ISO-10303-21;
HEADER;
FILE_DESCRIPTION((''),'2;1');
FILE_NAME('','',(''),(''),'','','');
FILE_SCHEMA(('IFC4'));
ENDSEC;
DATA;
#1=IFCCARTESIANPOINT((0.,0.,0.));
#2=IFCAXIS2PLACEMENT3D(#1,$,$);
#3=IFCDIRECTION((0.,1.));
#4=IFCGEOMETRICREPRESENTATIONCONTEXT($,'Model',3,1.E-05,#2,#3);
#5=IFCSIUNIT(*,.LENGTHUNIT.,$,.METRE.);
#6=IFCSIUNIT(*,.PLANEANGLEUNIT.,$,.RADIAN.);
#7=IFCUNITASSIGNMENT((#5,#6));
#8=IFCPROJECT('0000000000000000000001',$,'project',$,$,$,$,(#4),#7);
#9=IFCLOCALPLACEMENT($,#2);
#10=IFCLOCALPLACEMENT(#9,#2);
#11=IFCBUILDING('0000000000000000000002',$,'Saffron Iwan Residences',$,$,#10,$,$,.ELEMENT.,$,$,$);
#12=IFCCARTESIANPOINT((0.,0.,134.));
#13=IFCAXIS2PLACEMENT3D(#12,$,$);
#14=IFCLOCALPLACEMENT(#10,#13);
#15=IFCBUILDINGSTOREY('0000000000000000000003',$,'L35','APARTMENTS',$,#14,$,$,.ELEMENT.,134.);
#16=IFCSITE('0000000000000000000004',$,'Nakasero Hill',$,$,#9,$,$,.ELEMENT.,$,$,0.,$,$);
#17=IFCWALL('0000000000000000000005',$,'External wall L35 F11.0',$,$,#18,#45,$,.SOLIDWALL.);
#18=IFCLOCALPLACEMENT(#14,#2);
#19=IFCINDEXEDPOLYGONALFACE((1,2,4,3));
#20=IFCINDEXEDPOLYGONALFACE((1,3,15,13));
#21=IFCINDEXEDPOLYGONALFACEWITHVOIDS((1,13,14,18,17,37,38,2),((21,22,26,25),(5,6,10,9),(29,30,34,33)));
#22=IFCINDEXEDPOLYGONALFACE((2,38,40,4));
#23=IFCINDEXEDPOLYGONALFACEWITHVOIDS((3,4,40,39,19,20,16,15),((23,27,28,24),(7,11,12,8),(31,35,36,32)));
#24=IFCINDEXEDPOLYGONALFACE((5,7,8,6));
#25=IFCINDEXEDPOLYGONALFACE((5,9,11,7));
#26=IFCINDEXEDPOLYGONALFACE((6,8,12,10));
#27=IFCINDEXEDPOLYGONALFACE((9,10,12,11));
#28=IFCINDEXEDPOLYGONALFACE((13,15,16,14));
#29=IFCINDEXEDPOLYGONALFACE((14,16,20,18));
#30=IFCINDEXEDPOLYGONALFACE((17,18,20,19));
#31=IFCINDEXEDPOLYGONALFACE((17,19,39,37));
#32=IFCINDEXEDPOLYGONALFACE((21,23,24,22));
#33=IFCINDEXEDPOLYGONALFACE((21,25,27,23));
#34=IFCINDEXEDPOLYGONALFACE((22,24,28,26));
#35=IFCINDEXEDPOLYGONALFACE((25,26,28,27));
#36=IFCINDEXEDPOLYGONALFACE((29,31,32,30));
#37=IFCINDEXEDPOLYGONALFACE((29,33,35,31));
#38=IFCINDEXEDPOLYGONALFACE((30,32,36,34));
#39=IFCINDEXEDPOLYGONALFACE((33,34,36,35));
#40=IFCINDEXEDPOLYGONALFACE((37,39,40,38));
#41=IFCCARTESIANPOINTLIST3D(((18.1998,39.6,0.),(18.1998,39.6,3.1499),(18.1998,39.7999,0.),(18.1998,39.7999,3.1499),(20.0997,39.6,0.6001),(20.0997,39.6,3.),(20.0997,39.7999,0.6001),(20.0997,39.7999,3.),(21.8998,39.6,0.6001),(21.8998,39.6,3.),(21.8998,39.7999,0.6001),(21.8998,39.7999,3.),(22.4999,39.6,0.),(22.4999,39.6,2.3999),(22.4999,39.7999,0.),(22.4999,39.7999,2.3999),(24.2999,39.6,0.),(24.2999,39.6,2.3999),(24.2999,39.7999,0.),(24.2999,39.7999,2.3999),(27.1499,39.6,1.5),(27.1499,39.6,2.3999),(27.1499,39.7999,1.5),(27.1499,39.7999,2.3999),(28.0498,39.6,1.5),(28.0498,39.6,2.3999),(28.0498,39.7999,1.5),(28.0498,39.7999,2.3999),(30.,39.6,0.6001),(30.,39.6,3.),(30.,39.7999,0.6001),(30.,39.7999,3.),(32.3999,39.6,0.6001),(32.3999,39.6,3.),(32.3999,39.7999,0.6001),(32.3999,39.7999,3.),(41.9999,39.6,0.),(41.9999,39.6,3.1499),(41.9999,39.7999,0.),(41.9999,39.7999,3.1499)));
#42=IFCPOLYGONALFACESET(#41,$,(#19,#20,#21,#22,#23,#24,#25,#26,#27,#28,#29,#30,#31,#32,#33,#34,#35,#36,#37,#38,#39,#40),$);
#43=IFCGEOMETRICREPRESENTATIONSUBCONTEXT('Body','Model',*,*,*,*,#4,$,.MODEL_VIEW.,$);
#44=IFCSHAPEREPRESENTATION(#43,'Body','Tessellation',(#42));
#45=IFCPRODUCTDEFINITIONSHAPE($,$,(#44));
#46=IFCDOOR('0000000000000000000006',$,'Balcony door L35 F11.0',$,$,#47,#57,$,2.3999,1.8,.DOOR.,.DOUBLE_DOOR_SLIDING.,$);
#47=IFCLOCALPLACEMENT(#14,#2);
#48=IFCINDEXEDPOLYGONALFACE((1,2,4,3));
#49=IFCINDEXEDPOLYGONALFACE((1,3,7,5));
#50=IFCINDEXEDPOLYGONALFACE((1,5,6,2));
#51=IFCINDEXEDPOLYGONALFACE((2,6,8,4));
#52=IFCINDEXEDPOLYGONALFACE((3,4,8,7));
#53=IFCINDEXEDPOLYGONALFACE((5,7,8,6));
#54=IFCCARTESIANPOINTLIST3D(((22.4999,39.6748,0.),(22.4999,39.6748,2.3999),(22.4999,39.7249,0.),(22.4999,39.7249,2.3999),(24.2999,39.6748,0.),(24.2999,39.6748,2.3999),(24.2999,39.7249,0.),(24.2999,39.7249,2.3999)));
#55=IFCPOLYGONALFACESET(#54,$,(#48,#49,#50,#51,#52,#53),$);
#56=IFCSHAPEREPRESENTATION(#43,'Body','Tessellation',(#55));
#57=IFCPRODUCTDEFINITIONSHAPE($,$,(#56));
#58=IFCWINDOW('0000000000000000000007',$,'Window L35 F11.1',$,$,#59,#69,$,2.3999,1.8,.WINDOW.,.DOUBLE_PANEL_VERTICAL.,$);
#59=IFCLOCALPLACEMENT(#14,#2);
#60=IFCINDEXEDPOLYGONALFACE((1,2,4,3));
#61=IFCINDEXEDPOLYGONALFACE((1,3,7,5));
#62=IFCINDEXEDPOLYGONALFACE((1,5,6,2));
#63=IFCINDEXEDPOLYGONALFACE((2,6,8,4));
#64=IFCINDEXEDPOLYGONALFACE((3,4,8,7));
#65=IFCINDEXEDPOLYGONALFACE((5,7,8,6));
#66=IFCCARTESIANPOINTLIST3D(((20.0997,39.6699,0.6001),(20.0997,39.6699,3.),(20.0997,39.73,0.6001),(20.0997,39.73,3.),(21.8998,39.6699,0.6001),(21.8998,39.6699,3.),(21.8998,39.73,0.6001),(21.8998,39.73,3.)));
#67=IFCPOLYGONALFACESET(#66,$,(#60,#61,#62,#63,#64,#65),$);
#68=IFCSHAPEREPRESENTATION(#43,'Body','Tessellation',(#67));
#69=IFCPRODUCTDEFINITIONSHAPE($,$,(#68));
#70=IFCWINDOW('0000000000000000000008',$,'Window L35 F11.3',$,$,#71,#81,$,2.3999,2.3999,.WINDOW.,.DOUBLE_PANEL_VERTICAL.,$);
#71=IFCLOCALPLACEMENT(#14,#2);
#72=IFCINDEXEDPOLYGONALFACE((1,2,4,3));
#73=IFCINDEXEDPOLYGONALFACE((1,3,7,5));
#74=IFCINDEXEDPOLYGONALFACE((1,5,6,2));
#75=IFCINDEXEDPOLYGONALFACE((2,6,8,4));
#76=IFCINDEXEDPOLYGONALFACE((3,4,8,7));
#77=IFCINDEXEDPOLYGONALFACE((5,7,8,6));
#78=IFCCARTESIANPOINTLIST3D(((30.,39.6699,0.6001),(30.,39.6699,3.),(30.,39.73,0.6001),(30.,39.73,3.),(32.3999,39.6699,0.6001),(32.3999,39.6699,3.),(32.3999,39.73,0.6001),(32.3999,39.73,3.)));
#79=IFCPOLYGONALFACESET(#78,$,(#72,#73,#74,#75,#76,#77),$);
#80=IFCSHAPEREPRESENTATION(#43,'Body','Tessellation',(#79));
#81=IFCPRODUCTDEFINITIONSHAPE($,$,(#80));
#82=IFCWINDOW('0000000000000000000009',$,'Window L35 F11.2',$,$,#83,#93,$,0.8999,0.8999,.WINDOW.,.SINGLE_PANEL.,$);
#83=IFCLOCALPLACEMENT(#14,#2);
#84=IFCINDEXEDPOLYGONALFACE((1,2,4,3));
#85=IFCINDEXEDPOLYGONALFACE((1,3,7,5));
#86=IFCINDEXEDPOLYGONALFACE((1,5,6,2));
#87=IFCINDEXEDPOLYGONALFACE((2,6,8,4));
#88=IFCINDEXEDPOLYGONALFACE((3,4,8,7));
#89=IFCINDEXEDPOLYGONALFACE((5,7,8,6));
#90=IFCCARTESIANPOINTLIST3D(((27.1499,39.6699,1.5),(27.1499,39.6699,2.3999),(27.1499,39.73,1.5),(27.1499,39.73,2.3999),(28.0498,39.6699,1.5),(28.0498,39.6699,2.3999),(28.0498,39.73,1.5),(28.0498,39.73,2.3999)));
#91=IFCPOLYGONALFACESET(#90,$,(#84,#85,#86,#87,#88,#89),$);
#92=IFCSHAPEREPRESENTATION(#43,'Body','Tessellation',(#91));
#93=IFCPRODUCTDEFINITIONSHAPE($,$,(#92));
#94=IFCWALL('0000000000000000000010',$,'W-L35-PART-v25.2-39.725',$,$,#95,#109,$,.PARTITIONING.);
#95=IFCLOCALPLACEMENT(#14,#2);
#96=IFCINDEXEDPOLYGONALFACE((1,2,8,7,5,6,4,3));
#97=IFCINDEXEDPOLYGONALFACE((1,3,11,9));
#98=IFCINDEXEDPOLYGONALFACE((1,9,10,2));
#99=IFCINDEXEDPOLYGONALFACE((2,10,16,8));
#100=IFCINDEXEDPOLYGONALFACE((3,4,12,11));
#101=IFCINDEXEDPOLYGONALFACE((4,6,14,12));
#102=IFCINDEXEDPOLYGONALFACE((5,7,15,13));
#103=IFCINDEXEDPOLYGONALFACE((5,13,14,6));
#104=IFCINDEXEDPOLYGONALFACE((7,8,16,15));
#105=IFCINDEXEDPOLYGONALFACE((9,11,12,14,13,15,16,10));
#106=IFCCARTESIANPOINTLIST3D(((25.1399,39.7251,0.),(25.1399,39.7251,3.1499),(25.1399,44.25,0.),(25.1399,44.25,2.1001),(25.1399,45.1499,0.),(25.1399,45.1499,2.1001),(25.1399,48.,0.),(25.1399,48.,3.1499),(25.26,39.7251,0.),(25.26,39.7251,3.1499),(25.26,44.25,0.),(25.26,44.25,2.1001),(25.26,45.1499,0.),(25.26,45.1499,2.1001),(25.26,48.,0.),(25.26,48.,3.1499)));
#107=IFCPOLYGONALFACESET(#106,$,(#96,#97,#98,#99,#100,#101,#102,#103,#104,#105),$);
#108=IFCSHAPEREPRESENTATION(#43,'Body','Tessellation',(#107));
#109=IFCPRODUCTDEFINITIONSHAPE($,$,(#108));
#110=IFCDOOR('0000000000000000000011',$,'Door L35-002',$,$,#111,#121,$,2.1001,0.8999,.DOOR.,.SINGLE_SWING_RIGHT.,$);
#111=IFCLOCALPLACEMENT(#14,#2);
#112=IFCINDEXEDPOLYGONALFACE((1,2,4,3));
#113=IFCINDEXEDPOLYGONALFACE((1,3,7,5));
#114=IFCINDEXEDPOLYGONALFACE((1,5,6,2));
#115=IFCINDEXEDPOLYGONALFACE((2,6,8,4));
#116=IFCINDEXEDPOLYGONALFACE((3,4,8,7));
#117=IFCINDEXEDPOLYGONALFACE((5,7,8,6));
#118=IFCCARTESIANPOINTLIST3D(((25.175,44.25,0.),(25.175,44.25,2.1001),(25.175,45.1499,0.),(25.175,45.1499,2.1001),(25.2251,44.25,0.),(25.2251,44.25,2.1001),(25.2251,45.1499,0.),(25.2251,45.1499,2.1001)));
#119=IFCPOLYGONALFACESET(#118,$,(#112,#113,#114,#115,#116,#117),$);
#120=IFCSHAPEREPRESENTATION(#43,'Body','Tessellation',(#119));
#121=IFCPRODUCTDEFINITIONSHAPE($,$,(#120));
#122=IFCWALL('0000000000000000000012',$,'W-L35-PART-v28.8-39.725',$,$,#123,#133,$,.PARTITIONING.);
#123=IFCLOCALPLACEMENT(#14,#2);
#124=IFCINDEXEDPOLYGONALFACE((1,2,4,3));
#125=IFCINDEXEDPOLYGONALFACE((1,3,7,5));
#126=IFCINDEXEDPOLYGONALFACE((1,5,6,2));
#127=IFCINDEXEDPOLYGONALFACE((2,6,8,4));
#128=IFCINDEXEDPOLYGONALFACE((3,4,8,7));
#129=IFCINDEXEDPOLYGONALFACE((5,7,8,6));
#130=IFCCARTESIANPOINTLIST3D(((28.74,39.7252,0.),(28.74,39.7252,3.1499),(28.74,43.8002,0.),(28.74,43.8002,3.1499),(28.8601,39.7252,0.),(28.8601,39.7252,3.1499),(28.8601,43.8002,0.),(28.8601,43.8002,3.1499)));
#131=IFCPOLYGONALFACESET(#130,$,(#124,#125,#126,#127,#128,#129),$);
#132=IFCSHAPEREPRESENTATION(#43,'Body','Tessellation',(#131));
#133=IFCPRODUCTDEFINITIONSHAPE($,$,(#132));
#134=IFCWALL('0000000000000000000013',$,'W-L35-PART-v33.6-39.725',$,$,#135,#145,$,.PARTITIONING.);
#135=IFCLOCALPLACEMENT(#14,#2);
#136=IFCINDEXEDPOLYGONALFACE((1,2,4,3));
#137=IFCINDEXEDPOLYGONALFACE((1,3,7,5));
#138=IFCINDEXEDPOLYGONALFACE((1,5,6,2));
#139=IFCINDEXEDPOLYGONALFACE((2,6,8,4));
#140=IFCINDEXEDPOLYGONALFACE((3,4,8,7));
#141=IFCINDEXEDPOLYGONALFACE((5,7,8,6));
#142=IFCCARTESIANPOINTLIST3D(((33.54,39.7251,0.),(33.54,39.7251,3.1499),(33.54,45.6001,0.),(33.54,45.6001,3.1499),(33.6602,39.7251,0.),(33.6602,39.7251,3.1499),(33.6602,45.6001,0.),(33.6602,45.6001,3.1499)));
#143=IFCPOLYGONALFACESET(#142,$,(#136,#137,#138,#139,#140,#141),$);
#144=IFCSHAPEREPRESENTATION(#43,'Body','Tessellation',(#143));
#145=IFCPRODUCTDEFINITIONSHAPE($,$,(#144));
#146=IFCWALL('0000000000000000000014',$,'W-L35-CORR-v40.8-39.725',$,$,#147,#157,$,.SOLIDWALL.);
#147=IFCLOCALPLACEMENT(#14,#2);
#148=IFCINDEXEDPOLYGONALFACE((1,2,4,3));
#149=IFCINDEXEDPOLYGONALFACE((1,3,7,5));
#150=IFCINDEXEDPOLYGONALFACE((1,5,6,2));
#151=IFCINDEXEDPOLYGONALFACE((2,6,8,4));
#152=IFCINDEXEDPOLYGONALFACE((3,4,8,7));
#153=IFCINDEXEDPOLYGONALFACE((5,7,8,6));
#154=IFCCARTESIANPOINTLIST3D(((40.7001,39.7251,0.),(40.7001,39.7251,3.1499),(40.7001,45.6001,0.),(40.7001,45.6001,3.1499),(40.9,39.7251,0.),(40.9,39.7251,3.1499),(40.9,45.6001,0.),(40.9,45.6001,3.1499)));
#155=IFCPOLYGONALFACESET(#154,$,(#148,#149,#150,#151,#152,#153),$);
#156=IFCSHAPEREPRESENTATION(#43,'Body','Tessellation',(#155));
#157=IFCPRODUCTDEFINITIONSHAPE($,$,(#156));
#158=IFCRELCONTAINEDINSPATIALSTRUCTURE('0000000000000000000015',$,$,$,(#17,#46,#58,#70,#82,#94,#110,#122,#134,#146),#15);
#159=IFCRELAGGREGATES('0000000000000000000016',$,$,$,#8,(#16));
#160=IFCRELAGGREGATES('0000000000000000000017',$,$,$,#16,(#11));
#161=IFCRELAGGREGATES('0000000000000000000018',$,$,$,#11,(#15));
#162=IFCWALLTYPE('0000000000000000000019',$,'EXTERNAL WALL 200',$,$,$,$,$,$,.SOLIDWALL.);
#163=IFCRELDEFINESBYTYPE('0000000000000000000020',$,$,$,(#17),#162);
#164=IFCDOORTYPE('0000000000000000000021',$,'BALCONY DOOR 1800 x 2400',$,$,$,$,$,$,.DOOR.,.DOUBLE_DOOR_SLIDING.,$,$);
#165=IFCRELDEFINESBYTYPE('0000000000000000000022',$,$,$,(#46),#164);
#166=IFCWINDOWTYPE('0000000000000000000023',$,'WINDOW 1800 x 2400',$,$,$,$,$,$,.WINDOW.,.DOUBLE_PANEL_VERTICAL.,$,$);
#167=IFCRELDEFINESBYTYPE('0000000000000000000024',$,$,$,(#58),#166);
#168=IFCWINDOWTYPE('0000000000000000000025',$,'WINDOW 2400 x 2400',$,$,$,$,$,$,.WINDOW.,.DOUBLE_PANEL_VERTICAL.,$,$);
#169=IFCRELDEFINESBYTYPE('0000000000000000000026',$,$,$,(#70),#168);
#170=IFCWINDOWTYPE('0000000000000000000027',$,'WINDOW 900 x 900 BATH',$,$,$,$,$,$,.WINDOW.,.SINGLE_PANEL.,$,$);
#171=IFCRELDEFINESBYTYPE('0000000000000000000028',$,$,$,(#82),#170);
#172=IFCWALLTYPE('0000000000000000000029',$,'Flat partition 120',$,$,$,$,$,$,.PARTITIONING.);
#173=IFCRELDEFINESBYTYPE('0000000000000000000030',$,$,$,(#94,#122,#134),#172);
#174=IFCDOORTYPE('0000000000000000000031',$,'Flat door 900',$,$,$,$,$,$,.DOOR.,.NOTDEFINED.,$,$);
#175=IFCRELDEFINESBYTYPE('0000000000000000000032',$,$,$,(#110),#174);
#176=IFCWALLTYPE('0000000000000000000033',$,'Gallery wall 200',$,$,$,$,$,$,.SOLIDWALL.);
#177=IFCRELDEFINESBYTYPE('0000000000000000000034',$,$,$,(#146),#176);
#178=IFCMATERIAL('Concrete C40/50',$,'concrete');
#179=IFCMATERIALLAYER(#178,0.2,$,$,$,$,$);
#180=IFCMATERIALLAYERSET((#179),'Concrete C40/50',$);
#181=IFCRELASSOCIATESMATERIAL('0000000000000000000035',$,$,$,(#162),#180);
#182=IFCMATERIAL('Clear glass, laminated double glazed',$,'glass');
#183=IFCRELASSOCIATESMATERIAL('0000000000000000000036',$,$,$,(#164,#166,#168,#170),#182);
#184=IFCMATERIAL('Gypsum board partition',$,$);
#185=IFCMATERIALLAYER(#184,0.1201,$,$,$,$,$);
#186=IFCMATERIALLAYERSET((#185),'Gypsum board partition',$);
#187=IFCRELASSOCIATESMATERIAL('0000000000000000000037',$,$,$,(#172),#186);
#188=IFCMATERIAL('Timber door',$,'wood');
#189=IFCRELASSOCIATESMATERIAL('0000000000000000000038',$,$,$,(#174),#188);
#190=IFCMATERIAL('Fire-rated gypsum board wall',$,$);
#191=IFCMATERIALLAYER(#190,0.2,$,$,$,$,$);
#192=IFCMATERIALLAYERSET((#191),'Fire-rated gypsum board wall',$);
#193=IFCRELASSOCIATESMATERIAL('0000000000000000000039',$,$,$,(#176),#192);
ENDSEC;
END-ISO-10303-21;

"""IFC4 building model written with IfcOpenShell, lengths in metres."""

from ifc_helpers import new_model, si_unit, direction, frame, frame_2d, origin, place, context, subcontext, project, spatial, rectangle, extrude, material, layer, layer_set, type_object, element, fill, save


model = new_model("IFC4")

# Units and contexts
model_context = context("Model", 3, precision=1e-05, world=origin(), true_north=direction((0.0, 1.0)))
body_context = subcontext(model_context, "Body", "Model", "MODEL_VIEW")
ifc_project = project(units=[si_unit("LENGTHUNIT", "METRE"), si_unit("PLANEANGLEUNIT", "RADIAN")], contexts=[model_context])

# Site, building, storey
site_placement = place(None, origin())
site = spatial("IfcSite", under=ifc_project, at=site_placement, Name="Nakasero Hill", CompositionType="ELEMENT", RefElevation=0.0)
building_placement = place(site_placement, origin())
building = spatial("IfcBuilding", under=site, at=building_placement, Name="Saffron Iwan Residences", CompositionType="ELEMENT")
storey_placement = place(building_placement, frame((0.0, 0.0, 134.0)))
storey = spatial("IfcBuildingStorey", under=building, at=storey_placement, Name="L35", Description="APARTMENTS", CompositionType="ELEMENT", Elevation=134.0)

# Shared definitions
ifc_material_1 = material(Name="Clear glass, laminated double glazed", Category="glass")

# Wall, openings, door, windows
ifc_material_2 = material(Name="Concrete C40/50", Category="concrete")
ifc_layer_1 = layer(ifc_material_2, 0.2)
ifc_layer_set_1 = layer_set([ifc_layer_1], Name="Concrete C40/50")
wall_type_1 = type_object("IfcWallType", Name="EXTERNAL WALL 200", PredefinedType="SOLIDWALL", material=ifc_layer_set_1)
wall_1_placement = place(storey_placement, frame((18.2, 39.7, 0.0), z_axis=(0.0, 0.0, 1.0), x_axis=(1.0, 0.0, 0.0)))
wall_1 = element("IfcWall", 1, at=wall_1_placement, inside=storey, type_object=wall_type_1, Name="External wall L35 F11.0", PredefinedType="SOLIDWALL", context=body_context, shape_type="SweptSolid", body=[
    extrude(rectangle(XDim=23.8, YDim=0.2, at=frame_2d((11.8999, 0.0))), origin(), (0.0, 0.0, 1.0), 3.1499),
])
opening_1_placement = place(wall_1_placement, frame((4.3, 0.0, 0.0)))
opening_1 = element("IfcOpeningElement", 2, at=opening_1_placement, cuts=wall_1, PredefinedType="OPENING", context=body_context, shape_type="SweptSolid", body=[
    extrude(rectangle(XDim=1.8, YDim=2.3999, at=frame_2d((0.8999, 1.2))), frame((0.0, 0.1099, 0.0), z_axis=(0.0, -1.0, 0.0), x_axis=(1.0, 0.0, 0.0)), (0.0, 0.0, 1.0), 0.22),
])
opening_2_placement = place(wall_1_placement, frame((1.8999, 0.0, 0.6001)))
opening_2 = element("IfcOpeningElement", 3, at=opening_2_placement, cuts=wall_1, PredefinedType="OPENING", context=body_context, shape_type="SweptSolid", body=[
    extrude(rectangle(XDim=1.8, YDim=2.3999, at=frame_2d((0.8999, 1.2))), frame((0.0, 0.1099, 0.0), z_axis=(0.0, -1.0, 0.0), x_axis=(1.0, 0.0, 0.0)), (0.0, 0.0, 1.0), 0.22),
])
opening_3_placement = place(wall_1_placement, frame((8.95, 0.0, 1.5)))
opening_3 = element("IfcOpeningElement", 4, at=opening_3_placement, cuts=wall_1, PredefinedType="OPENING", context=body_context, shape_type="SweptSolid", body=[
    extrude(rectangle(XDim=0.8999, YDim=0.8999, at=frame_2d((0.45, 0.45))), frame((0.0, 0.1099, 0.0), z_axis=(0.0, -1.0, 0.0), x_axis=(1.0, 0.0, 0.0)), (0.0, 0.0, 1.0), 0.22),
])
opening_4_placement = place(wall_1_placement, frame((11.8, 0.0, 0.6001)))
opening_4 = element("IfcOpeningElement", 5, at=opening_4_placement, cuts=wall_1, PredefinedType="OPENING", context=body_context, shape_type="SweptSolid", body=[
    extrude(rectangle(XDim=2.3999, YDim=2.3999, at=frame_2d((1.2, 1.2))), frame((0.0, 0.1099, 0.0), z_axis=(0.0, -1.0, 0.0), x_axis=(1.0, 0.0, 0.0)), (0.0, 0.0, 1.0), 0.22),
])
door_type_1 = type_object("IfcDoorType", Name="BALCONY DOOR 1800 x 2400", OperationType="DOUBLE_DOOR_SLIDING", PredefinedType="DOOR", material=ifc_material_1)
door_1_placement = place(opening_1_placement, origin())
door_1 = element("IfcDoor", 6, at=door_1_placement, inside=storey, type_object=door_type_1, Name="Balcony door L35 F11.0", OperationType="DOUBLE_DOOR_SLIDING", OverallHeight=2.3999, OverallWidth=1.8, PredefinedType="DOOR", context=body_context, shape_type="SweptSolid", body=[
    extrude(rectangle(XDim=1.8, YDim=2.3999, at=frame_2d((0.8999, 1.2))), frame((0.0, 0.0249, 0.0), z_axis=(0.0, -1.0, 0.0), x_axis=(1.0, 0.0, 0.0)), (0.0, 0.0, 1.0), 0.05),
])
fill(opening_1, door_1)
window_type_1 = type_object("IfcWindowType", Name="WINDOW 1800 x 2400", PartitioningType="DOUBLE_PANEL_VERTICAL", PredefinedType="WINDOW", material=ifc_material_1)
window_1_placement = place(opening_2_placement, origin())
window_1 = element("IfcWindow", 7, at=window_1_placement, inside=storey, type_object=window_type_1, Name="Window L35 F11.1", OverallHeight=2.3999, OverallWidth=1.8, PartitioningType="DOUBLE_PANEL_VERTICAL", PredefinedType="WINDOW", context=body_context, shape_type="SweptSolid", body=[
    extrude(rectangle(XDim=1.8, YDim=2.3999, at=frame_2d((0.8999, 1.2))), frame((0.0, 0.03, 0.0), z_axis=(0.0, -1.0, 0.0), x_axis=(1.0, 0.0, 0.0)), (0.0, 0.0, 1.0), 0.0601),
])
fill(opening_2, window_1)
window_type_2 = type_object("IfcWindowType", Name="WINDOW 2400 x 2400", PartitioningType="DOUBLE_PANEL_VERTICAL", PredefinedType="WINDOW", material=ifc_material_1)
window_2_placement = place(opening_4_placement, origin())
window_2 = element("IfcWindow", 8, at=window_2_placement, inside=storey, type_object=window_type_2, Name="Window L35 F11.3", OverallHeight=2.3999, OverallWidth=2.3999, PartitioningType="DOUBLE_PANEL_VERTICAL", PredefinedType="WINDOW", context=body_context, shape_type="SweptSolid", body=[
    extrude(rectangle(XDim=2.3999, YDim=2.3999, at=frame_2d((1.2, 1.2))), frame((0.0, 0.03, 0.0), z_axis=(0.0, -1.0, 0.0), x_axis=(1.0, 0.0, 0.0)), (0.0, 0.0, 1.0), 0.0601),
])
fill(opening_4, window_2)
window_type_3 = type_object("IfcWindowType", Name="WINDOW 900 x 900 BATH", PartitioningType="SINGLE_PANEL", PredefinedType="WINDOW", material=ifc_material_1)
window_3_placement = place(opening_3_placement, origin())
window_3 = element("IfcWindow", 9, at=window_3_placement, inside=storey, type_object=window_type_3, Name="Window L35 F11.2", OverallHeight=0.8999, OverallWidth=0.8999, PartitioningType="SINGLE_PANEL", PredefinedType="WINDOW", context=body_context, shape_type="SweptSolid", body=[
    extrude(rectangle(XDim=0.8999, YDim=0.8999, at=frame_2d((0.45, 0.45))), frame((0.0, 0.03, 0.0), z_axis=(0.0, -1.0, 0.0), x_axis=(1.0, 0.0, 0.0)), (0.0, 0.0, 1.0), 0.0601),
])
fill(opening_3, window_3)

# Wall, opening, door
ifc_material_3 = material(Name="Gypsum board partition")
ifc_layer_2 = layer(ifc_material_3, 0.1201)
ifc_layer_set_2 = layer_set([ifc_layer_2], Name="Gypsum board partition")
wall_type_2 = type_object("IfcWallType", Name="Flat partition 120", PredefinedType="PARTITIONING", material=ifc_layer_set_2)
wall_2_placement = place(storey_placement, frame((25.2, 39.7251, 0.0), z_axis=(0.0, 0.0, 1.0), x_axis=(0.0, 1.0, 0.0)))
wall_2 = element("IfcWall", 10, at=wall_2_placement, inside=storey, type_object=wall_type_2, Name="W-L35-PART-v25.2-39.725", PredefinedType="PARTITIONING", context=body_context, shape_type="SweptSolid", body=[
    extrude(rectangle(XDim=8.2749, YDim=0.1201, at=frame_2d((4.1375, 0.0))), origin(), (0.0, 0.0, 1.0), 3.1499),
])
opening_5_placement = place(wall_2_placement, frame((4.5249, 0.0, 0.0)))
opening_5 = element("IfcOpeningElement", 11, at=opening_5_placement, cuts=wall_2, PredefinedType="OPENING", context=body_context, shape_type="SweptSolid", body=[
    extrude(rectangle(XDim=0.8999, YDim=2.1001, at=frame_2d((0.45, 1.05))), frame((0.0, 0.0701, 0.0), z_axis=(0.0, -1.0, 0.0), x_axis=(1.0, 0.0, 0.0)), (0.0, 0.0, 1.0), 0.1401),
])
ifc_material_4 = material(Name="Timber door", Category="wood")
door_type_2 = type_object("IfcDoorType", Name="Flat door 900", OperationType="NOTDEFINED", PredefinedType="DOOR", material=ifc_material_4)
door_2_placement = place(opening_5_placement, origin())
door_2 = element("IfcDoor", 12, at=door_2_placement, inside=storey, type_object=door_type_2, Name="Door L35-002", OperationType="SINGLE_SWING_RIGHT", OverallHeight=2.1001, OverallWidth=0.8999, PredefinedType="DOOR", context=body_context, shape_type="SweptSolid", body=[
    extrude(rectangle(XDim=0.8999, YDim=2.1001, at=frame_2d((0.45, 1.05))), frame((0.0, 0.0249, 0.0), z_axis=(0.0, -1.0, 0.0), x_axis=(1.0, 0.0, 0.0)), (0.0, 0.0, 1.0), 0.05),
])
fill(opening_5, door_2)

# Walls
wall_3_placement = place(storey_placement, frame((28.8, 39.7251, 0.0), z_axis=(0.0, 0.0, 1.0), x_axis=(0.0, 1.0, 0.0)))
element("IfcWall", 13, at=wall_3_placement, inside=storey, type_object=wall_type_2, Name="W-L35-PART-v28.8-39.725", PredefinedType="PARTITIONING", context=body_context, shape_type="SweptSolid", body=[
    extrude(rectangle(XDim=4.075, YDim=0.1201, at=frame_2d((2.0376, 0.0))), origin(), (0.0, 0.0, 1.0), 3.1499),
])
wall_4_placement = place(storey_placement, frame((33.6001, 39.7251, 0.0), z_axis=(0.0, 0.0, 1.0), x_axis=(0.0, 1.0, 0.0)))
element("IfcWall", 14, at=wall_4_placement, inside=storey, type_object=wall_type_2, Name="W-L35-PART-v33.6-39.725", PredefinedType="PARTITIONING", context=body_context, shape_type="SweptSolid", body=[
    extrude(rectangle(XDim=5.875, YDim=0.1201, at=frame_2d((2.9375, 0.0))), origin(), (0.0, 0.0, 1.0), 3.1499),
])
ifc_material_5 = material(Name="Fire-rated gypsum board wall")
ifc_layer_3 = layer(ifc_material_5, 0.2)
ifc_layer_set_3 = layer_set([ifc_layer_3], Name="Fire-rated gypsum board wall")
wall_type_3 = type_object("IfcWallType", Name="Gallery wall 200", PredefinedType="SOLIDWALL", material=ifc_layer_set_3)
wall_5_placement = place(storey_placement, frame((40.8, 39.7251, 0.0), z_axis=(0.0, 0.0, 1.0), x_axis=(0.0, 1.0, 0.0)))
element("IfcWall", 15, at=wall_5_placement, inside=storey, type_object=wall_type_3, Name="W-L35-CORR-v40.8-39.725", PredefinedType="SOLIDWALL", context=body_context, shape_type="SweptSolid", body=[
    extrude(rectangle(XDim=5.875, YDim=0.2, at=frame_2d((2.9375, 0.0))), origin(), (0.0, 0.0, 1.0), 3.1499),
])

save(model, "model.ifc")
